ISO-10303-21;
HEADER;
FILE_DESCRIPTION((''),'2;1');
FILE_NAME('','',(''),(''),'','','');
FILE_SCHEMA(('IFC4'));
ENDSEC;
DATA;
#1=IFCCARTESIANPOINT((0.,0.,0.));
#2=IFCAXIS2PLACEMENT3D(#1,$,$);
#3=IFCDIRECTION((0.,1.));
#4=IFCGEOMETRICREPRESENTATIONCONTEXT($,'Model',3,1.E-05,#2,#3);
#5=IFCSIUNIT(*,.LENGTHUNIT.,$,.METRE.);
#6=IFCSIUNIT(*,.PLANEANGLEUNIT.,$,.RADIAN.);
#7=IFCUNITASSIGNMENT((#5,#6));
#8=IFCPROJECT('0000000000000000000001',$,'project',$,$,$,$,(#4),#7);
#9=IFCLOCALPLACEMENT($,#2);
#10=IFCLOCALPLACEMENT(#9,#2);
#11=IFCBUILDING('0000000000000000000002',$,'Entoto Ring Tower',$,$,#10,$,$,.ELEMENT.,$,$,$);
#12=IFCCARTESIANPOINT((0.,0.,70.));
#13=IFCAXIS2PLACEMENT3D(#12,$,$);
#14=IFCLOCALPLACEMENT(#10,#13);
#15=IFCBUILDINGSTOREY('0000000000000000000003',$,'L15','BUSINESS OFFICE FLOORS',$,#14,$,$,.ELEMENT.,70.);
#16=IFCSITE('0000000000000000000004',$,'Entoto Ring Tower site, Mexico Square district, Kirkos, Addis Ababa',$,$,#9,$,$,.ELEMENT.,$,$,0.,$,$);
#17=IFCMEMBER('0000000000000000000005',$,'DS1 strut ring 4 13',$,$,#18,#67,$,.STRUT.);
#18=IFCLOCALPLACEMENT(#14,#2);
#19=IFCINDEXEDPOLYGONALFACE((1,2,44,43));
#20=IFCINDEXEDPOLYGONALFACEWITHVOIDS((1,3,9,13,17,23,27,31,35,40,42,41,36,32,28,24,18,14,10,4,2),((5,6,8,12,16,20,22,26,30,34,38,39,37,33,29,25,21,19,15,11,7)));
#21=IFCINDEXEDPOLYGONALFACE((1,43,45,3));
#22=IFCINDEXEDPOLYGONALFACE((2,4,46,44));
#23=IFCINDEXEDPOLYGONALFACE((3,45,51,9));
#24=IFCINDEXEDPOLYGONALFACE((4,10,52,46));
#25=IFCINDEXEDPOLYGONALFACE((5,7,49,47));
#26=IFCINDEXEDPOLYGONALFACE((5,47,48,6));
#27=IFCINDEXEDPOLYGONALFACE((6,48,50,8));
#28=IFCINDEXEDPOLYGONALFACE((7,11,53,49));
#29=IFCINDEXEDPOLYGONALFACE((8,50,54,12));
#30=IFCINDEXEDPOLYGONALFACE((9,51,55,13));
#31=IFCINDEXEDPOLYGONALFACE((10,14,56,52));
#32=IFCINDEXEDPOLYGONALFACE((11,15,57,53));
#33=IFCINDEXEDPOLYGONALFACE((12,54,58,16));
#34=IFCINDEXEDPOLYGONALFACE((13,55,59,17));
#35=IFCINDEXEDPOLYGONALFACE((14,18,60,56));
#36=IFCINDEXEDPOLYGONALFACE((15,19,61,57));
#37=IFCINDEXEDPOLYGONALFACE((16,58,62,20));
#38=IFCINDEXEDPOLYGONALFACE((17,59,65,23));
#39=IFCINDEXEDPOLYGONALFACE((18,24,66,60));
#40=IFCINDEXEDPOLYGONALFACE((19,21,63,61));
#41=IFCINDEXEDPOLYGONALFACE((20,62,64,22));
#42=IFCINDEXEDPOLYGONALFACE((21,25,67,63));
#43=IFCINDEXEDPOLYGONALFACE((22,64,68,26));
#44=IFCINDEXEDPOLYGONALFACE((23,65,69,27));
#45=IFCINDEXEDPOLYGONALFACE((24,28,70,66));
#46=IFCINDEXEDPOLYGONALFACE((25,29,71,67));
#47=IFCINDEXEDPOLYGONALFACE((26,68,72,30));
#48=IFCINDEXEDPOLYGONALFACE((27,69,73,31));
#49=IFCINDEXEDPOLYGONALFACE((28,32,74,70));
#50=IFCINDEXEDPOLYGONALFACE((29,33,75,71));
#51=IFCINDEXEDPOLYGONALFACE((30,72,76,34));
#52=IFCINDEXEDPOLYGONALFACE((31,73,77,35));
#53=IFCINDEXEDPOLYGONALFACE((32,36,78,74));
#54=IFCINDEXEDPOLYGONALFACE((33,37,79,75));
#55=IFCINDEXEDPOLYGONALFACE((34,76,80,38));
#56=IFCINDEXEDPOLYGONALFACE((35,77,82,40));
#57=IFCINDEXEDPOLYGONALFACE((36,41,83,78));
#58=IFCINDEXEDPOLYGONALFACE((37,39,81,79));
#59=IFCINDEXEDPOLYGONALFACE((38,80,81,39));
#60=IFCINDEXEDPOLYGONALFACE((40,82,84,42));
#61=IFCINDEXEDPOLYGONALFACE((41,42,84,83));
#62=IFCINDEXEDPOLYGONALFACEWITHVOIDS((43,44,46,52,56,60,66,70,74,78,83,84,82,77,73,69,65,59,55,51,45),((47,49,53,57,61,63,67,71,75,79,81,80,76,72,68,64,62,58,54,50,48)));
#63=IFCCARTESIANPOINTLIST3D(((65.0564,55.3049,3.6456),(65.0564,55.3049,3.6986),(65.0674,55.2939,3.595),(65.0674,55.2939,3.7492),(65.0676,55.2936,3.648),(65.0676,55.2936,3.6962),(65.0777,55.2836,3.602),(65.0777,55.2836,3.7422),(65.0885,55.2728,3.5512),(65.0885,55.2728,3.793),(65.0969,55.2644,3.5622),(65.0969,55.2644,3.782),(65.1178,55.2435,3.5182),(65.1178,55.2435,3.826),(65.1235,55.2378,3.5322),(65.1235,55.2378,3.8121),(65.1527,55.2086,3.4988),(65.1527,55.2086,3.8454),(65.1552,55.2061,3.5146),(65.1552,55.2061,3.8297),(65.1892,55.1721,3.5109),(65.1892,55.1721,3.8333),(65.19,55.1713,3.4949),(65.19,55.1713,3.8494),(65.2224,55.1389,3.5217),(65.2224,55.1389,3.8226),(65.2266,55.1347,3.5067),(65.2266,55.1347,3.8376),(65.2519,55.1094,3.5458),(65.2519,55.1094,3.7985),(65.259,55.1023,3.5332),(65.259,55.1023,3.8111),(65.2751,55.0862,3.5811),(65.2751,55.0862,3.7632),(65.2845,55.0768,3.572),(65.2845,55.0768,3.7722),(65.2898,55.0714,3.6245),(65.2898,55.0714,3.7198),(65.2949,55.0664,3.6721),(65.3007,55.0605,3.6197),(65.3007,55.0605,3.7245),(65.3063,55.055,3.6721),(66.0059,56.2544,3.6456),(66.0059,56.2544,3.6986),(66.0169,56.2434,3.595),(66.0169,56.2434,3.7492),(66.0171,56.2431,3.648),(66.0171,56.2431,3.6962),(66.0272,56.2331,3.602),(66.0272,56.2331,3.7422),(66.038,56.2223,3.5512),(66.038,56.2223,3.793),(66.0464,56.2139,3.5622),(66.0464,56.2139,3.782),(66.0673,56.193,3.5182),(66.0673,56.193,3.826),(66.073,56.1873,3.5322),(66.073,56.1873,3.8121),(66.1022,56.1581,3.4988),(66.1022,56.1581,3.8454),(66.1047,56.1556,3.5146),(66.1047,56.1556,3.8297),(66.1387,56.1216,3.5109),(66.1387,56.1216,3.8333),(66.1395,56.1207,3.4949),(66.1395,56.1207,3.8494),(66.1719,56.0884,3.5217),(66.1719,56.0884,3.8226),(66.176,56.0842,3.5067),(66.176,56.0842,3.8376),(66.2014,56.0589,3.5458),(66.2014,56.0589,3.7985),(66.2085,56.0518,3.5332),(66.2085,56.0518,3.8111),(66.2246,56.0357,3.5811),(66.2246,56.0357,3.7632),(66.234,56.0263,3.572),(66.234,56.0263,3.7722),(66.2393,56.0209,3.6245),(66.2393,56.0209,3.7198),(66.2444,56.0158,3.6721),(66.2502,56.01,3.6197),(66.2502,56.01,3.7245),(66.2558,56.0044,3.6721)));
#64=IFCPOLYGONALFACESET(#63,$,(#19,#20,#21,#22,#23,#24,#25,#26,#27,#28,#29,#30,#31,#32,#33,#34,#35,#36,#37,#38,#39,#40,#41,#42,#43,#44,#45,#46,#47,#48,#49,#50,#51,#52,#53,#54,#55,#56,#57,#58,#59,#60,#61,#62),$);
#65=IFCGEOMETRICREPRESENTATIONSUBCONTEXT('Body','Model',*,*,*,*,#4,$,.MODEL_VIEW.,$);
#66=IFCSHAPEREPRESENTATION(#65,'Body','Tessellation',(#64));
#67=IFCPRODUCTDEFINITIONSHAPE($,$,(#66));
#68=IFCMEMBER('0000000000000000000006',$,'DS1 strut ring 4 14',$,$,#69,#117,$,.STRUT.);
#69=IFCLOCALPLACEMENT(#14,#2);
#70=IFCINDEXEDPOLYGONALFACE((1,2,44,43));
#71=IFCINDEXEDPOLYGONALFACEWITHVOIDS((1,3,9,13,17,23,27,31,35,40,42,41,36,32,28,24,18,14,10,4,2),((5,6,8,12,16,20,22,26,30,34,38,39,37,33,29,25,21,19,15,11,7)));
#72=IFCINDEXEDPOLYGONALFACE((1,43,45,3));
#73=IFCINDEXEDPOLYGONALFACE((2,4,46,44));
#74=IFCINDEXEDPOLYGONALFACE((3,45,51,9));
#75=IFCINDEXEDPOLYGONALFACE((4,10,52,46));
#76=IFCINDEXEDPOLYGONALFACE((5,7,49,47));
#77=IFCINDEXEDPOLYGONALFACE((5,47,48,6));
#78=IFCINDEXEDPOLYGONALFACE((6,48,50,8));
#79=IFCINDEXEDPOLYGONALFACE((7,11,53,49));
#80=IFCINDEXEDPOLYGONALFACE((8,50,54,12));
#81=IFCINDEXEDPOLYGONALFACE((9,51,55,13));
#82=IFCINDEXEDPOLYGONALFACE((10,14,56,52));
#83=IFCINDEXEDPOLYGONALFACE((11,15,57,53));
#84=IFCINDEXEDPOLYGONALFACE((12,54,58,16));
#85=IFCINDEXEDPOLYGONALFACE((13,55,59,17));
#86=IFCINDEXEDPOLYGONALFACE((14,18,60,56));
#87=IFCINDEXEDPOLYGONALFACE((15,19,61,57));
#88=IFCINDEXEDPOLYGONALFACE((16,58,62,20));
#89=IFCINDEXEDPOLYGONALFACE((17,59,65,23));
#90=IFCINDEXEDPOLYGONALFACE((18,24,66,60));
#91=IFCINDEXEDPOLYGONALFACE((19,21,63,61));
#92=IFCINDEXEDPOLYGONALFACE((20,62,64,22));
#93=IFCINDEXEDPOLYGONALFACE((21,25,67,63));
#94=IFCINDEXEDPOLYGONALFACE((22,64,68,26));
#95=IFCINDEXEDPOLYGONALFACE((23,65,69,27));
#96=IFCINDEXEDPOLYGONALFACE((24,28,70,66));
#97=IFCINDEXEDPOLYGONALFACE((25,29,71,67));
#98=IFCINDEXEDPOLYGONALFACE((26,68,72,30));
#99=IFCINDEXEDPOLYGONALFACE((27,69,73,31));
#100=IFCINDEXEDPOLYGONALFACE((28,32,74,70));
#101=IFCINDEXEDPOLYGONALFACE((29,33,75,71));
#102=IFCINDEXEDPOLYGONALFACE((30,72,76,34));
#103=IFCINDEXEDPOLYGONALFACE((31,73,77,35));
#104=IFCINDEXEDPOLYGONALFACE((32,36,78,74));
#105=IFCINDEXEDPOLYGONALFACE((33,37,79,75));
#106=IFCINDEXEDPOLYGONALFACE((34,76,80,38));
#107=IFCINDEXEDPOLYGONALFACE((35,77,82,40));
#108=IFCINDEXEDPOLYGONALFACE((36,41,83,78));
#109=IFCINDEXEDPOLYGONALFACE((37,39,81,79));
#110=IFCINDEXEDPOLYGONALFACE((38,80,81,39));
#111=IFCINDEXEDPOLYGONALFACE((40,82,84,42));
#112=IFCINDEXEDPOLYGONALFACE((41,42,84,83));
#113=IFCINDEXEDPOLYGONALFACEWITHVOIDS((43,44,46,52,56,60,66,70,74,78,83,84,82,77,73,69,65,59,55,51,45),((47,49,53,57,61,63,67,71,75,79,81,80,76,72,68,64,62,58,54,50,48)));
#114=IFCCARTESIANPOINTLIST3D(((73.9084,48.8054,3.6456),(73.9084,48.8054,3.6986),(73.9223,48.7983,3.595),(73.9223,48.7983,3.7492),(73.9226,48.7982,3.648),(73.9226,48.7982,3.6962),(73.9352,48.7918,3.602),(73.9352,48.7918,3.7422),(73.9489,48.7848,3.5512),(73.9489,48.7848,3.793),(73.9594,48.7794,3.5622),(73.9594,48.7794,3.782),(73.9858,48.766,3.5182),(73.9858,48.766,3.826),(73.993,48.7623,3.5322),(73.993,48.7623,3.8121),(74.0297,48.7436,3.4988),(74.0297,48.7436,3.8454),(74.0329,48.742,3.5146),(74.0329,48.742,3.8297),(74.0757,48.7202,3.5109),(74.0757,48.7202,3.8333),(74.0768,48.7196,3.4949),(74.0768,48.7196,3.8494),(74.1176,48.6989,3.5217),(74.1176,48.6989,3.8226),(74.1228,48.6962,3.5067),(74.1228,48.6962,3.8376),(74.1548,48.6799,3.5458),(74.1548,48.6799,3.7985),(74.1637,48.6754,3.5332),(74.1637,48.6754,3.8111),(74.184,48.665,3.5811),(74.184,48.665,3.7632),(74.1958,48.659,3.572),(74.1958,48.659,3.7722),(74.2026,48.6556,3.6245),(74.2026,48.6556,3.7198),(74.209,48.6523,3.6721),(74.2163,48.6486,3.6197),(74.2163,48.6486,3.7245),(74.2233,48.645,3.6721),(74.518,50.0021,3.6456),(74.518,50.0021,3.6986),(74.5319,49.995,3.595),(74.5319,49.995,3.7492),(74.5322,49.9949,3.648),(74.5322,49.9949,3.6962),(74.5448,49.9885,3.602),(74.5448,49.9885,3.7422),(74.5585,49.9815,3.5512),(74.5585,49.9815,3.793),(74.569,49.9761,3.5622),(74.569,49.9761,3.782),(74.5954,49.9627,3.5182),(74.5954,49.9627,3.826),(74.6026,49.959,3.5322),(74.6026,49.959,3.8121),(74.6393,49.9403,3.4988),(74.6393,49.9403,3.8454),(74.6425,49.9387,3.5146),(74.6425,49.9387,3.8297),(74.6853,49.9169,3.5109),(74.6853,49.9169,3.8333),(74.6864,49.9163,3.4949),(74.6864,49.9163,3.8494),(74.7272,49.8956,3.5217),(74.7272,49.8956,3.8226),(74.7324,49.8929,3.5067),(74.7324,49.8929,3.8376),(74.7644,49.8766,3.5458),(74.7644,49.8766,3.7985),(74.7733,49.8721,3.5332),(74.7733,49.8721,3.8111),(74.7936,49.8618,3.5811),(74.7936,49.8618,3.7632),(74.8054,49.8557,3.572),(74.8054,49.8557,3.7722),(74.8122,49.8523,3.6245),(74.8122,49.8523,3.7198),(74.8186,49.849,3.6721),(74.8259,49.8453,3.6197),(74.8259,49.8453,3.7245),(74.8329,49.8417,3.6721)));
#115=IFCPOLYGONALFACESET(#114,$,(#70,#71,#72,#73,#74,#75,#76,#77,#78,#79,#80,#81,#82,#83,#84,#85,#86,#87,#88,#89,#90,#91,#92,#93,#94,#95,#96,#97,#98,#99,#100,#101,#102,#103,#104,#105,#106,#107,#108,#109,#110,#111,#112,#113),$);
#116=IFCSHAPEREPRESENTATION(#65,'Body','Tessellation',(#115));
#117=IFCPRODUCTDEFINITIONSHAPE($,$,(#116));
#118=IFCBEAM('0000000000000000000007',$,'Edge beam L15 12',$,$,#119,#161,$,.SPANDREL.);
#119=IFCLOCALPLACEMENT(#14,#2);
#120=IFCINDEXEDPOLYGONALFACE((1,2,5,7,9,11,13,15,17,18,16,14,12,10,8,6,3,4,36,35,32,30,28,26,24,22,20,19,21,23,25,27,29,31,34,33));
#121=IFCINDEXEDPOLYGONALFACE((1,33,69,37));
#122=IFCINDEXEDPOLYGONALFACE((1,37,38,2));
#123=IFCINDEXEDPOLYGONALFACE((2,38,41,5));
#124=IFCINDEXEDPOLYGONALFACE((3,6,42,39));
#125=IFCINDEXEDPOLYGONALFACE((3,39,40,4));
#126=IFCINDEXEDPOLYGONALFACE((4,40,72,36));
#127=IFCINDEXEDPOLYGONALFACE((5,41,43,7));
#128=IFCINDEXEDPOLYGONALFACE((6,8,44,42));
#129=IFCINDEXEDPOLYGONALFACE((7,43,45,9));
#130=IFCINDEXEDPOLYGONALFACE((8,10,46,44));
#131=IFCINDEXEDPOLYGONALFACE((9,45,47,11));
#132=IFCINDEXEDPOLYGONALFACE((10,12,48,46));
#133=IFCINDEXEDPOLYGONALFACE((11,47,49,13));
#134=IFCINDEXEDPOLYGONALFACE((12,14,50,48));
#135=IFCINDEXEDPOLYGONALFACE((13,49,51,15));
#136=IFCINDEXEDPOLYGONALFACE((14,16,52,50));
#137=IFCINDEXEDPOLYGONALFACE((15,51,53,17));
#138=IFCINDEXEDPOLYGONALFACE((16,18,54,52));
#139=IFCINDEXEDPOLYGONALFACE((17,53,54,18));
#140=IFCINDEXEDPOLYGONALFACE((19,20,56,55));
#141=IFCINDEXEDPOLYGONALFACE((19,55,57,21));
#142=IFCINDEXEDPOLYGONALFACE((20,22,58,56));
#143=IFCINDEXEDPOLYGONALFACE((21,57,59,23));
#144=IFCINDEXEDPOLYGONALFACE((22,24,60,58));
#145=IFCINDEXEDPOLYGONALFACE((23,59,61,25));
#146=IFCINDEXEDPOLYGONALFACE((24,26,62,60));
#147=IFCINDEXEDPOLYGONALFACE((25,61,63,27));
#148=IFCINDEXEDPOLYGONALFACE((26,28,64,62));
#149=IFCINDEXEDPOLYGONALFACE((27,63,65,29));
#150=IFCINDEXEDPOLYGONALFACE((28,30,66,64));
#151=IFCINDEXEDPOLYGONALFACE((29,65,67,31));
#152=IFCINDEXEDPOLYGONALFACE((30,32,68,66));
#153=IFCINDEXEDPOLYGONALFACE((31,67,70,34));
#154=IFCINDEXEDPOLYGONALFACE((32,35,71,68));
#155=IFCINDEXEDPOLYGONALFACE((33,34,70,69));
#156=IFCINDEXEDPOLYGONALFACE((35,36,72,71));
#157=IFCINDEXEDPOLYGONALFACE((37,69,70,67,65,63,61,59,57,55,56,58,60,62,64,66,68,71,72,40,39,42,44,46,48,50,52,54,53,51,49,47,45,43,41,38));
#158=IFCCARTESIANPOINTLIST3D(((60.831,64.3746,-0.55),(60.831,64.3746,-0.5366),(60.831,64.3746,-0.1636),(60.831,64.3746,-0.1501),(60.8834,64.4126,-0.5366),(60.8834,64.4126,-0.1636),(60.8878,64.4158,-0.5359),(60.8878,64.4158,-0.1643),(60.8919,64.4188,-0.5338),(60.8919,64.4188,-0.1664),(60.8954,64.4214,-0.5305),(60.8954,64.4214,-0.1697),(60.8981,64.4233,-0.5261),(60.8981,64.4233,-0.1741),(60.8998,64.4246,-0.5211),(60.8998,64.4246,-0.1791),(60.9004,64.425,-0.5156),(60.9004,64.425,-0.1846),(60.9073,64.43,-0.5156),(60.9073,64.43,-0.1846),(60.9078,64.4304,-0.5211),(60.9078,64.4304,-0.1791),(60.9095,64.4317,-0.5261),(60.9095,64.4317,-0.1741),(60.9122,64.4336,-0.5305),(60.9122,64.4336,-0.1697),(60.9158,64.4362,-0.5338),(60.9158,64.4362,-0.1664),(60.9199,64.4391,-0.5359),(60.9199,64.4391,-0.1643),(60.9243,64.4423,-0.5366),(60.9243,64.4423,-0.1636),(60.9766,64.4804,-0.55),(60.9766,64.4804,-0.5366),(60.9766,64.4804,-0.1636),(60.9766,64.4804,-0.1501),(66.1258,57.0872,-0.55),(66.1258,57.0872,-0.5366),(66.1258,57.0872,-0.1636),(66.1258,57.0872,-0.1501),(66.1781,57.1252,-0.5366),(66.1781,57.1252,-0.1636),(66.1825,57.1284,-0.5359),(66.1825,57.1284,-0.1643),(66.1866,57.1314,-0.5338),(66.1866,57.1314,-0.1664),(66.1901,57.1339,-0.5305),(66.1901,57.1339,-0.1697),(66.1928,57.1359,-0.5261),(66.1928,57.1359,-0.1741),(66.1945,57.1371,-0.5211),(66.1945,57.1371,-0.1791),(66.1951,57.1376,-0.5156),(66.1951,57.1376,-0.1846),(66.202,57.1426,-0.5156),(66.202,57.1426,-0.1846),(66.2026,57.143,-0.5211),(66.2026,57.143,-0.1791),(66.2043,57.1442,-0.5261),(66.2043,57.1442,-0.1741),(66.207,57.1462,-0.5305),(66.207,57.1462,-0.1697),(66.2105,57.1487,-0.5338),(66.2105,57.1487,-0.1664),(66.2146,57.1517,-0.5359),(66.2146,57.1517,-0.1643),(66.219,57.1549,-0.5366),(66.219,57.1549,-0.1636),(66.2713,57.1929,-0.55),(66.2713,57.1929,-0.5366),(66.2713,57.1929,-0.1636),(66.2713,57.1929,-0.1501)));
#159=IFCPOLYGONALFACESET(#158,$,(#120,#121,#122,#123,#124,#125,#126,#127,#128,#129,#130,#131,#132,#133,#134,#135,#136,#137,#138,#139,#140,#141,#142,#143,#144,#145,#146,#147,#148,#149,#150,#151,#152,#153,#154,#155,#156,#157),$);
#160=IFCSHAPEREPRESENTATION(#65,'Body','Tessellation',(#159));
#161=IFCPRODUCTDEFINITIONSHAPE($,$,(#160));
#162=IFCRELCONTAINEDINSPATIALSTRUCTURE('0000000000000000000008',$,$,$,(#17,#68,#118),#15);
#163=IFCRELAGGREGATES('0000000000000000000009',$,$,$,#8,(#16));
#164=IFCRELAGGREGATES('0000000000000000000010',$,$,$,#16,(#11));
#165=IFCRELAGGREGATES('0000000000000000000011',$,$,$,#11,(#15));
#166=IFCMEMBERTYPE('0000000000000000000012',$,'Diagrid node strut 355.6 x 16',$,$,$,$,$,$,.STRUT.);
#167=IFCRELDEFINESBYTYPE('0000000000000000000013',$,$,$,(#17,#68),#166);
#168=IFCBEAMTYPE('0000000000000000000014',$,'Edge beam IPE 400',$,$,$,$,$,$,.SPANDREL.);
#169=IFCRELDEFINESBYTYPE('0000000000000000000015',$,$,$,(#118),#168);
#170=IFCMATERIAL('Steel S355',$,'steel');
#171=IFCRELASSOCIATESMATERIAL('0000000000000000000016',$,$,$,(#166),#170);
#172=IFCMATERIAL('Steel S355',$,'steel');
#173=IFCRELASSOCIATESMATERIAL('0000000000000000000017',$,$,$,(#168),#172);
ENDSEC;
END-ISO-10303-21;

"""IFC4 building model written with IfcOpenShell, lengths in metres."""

from ifc_helpers import new_model, si_unit, direction, frame, origin, origin_2d, place, context, subcontext, project, spatial, circle, hollow_circle, i_section, extrude, material, material_profile, profile_set, type_object, element, save


model = new_model("IFC4")

# Units and contexts
model_context = context("Model", 3, precision=1e-05, world=origin(), true_north=direction((0.0, 1.0)))
body_context = subcontext(model_context, "Body", "Model", "MODEL_VIEW")
ifc_project = project(units=[si_unit("LENGTHUNIT", "METRE"), si_unit("PLANEANGLEUNIT", "RADIAN")], contexts=[model_context])

# Site, building, storey
site_placement = place(None, origin())
site = spatial("IfcSite", under=ifc_project, at=site_placement, Name="Entoto Ring Tower site, Mexico Square district, Kirkos, Addis Ababa", CompositionType="ELEMENT", RefElevation=0.0)
building_placement = place(site_placement, origin())
building = spatial("IfcBuilding", under=site, at=building_placement, Name="Entoto Ring Tower", CompositionType="ELEMENT")
storey_placement = place(building_placement, frame((0.0, 0.0, 70.0)))
storey = spatial("IfcBuildingStorey", under=building, at=storey_placement, Name="L15", Description="BUSINESS OFFICE FLOORS", CompositionType="ELEMENT", Elevation=70.0)

# Members
ifc_material_1 = material(Name="Steel S355", Category="steel")
ifc_material_profile_1 = material_profile(ifc_material_1, hollow_circle(Radius=0.1777, WallThickness=0.0161, at=origin_2d()), Name="CHS 355.6 x 16")
ifc_material_2 = material(Name="Concrete C60/75", Category="concrete")
ifc_material_profile_2 = material_profile(ifc_material_2, circle(Radius=0.1619, at=origin_2d()), Name="Concrete C60/75 infill")
ifc_profile_set_1 = profile_set([ifc_material_profile_1, ifc_material_profile_2], Name="Steel S355")
member_type = type_object("IfcMemberType", Name="Diagrid node strut 355.6 x 16", PredefinedType="STRUT", material=ifc_profile_set_1)
member_1_placement = place(storey_placement, frame((66.1301, 56.1301, 3.6721), z_axis=(-0.707107, -0.707107, 0.0), x_axis=(0.707107, -0.707107, 0.0)))
element("IfcMember", 1, at=member_1_placement, inside=storey, type_object=member_type, Name="DS1 strut ring 4 13", PredefinedType="STRUT", context=body_context, shape_type="SweptSolid", body=[
    extrude(hollow_circle(Radius=0.1777, WallThickness=0.0161, at=origin_2d()), origin(), (0.0, 0.0, 1.0), 1.3428),
])
member_2_placement = place(storey_placement, frame((74.6746, 49.9224, 3.6721), z_axis=(-0.45389, -0.891058, 0.0), x_axis=(0.891058, -0.45389, 0.0)))
element("IfcMember", 2, at=member_2_placement, inside=storey, type_object=member_type, Name="DS1 strut ring 4 14", PredefinedType="STRUT", context=body_context, shape_type="SweptSolid", body=[
    extrude(hollow_circle(Radius=0.1777, WallThickness=0.0161, at=origin_2d()), origin(), (0.0, 0.0, 1.0), 1.343),
])

# Beam
ifc_material_3 = material(Name="Steel S355", Category="steel")
ifc_material_profile_3 = material_profile(ifc_material_3, i_section(OverallWidth=0.1799, OverallDepth=0.3999, WebThickness=0.0085, FlangeThickness=0.0134, FilletRadius=0.021, at=origin_2d()), Name="IPE 400")
ifc_profile_set_2 = profile_set([ifc_material_profile_3], Name="Steel S355")
beam_type = type_object("IfcBeamType", Name="Edge beam IPE 400", PredefinedType="SPANDREL", material=ifc_profile_set_2)
for number, where, z_axis, x_axis, name in (
    (3, (60.9038, 64.4275, -0.3501), (0.587793, -0.809011, 0.0), (0.809011, 0.587793, 0.0), "Edge beam L15 12"),
):
    element("IfcBeam", number, at=place(storey_placement, frame(where, z_axis=z_axis, x_axis=x_axis)), inside=storey, type_object=beam_type, Name=name, PredefinedType="SPANDREL", context=body_context, shape_type="SweptSolid", body=[
        extrude(i_section(OverallWidth=0.1799, OverallDepth=0.3999, WebThickness=0.0085, FlangeThickness=0.0134, FilletRadius=0.021, at=origin_2d()), origin(), (0.0, 0.0, 1.0), 9.0078),
    ])

save(model, "model.ifc")
